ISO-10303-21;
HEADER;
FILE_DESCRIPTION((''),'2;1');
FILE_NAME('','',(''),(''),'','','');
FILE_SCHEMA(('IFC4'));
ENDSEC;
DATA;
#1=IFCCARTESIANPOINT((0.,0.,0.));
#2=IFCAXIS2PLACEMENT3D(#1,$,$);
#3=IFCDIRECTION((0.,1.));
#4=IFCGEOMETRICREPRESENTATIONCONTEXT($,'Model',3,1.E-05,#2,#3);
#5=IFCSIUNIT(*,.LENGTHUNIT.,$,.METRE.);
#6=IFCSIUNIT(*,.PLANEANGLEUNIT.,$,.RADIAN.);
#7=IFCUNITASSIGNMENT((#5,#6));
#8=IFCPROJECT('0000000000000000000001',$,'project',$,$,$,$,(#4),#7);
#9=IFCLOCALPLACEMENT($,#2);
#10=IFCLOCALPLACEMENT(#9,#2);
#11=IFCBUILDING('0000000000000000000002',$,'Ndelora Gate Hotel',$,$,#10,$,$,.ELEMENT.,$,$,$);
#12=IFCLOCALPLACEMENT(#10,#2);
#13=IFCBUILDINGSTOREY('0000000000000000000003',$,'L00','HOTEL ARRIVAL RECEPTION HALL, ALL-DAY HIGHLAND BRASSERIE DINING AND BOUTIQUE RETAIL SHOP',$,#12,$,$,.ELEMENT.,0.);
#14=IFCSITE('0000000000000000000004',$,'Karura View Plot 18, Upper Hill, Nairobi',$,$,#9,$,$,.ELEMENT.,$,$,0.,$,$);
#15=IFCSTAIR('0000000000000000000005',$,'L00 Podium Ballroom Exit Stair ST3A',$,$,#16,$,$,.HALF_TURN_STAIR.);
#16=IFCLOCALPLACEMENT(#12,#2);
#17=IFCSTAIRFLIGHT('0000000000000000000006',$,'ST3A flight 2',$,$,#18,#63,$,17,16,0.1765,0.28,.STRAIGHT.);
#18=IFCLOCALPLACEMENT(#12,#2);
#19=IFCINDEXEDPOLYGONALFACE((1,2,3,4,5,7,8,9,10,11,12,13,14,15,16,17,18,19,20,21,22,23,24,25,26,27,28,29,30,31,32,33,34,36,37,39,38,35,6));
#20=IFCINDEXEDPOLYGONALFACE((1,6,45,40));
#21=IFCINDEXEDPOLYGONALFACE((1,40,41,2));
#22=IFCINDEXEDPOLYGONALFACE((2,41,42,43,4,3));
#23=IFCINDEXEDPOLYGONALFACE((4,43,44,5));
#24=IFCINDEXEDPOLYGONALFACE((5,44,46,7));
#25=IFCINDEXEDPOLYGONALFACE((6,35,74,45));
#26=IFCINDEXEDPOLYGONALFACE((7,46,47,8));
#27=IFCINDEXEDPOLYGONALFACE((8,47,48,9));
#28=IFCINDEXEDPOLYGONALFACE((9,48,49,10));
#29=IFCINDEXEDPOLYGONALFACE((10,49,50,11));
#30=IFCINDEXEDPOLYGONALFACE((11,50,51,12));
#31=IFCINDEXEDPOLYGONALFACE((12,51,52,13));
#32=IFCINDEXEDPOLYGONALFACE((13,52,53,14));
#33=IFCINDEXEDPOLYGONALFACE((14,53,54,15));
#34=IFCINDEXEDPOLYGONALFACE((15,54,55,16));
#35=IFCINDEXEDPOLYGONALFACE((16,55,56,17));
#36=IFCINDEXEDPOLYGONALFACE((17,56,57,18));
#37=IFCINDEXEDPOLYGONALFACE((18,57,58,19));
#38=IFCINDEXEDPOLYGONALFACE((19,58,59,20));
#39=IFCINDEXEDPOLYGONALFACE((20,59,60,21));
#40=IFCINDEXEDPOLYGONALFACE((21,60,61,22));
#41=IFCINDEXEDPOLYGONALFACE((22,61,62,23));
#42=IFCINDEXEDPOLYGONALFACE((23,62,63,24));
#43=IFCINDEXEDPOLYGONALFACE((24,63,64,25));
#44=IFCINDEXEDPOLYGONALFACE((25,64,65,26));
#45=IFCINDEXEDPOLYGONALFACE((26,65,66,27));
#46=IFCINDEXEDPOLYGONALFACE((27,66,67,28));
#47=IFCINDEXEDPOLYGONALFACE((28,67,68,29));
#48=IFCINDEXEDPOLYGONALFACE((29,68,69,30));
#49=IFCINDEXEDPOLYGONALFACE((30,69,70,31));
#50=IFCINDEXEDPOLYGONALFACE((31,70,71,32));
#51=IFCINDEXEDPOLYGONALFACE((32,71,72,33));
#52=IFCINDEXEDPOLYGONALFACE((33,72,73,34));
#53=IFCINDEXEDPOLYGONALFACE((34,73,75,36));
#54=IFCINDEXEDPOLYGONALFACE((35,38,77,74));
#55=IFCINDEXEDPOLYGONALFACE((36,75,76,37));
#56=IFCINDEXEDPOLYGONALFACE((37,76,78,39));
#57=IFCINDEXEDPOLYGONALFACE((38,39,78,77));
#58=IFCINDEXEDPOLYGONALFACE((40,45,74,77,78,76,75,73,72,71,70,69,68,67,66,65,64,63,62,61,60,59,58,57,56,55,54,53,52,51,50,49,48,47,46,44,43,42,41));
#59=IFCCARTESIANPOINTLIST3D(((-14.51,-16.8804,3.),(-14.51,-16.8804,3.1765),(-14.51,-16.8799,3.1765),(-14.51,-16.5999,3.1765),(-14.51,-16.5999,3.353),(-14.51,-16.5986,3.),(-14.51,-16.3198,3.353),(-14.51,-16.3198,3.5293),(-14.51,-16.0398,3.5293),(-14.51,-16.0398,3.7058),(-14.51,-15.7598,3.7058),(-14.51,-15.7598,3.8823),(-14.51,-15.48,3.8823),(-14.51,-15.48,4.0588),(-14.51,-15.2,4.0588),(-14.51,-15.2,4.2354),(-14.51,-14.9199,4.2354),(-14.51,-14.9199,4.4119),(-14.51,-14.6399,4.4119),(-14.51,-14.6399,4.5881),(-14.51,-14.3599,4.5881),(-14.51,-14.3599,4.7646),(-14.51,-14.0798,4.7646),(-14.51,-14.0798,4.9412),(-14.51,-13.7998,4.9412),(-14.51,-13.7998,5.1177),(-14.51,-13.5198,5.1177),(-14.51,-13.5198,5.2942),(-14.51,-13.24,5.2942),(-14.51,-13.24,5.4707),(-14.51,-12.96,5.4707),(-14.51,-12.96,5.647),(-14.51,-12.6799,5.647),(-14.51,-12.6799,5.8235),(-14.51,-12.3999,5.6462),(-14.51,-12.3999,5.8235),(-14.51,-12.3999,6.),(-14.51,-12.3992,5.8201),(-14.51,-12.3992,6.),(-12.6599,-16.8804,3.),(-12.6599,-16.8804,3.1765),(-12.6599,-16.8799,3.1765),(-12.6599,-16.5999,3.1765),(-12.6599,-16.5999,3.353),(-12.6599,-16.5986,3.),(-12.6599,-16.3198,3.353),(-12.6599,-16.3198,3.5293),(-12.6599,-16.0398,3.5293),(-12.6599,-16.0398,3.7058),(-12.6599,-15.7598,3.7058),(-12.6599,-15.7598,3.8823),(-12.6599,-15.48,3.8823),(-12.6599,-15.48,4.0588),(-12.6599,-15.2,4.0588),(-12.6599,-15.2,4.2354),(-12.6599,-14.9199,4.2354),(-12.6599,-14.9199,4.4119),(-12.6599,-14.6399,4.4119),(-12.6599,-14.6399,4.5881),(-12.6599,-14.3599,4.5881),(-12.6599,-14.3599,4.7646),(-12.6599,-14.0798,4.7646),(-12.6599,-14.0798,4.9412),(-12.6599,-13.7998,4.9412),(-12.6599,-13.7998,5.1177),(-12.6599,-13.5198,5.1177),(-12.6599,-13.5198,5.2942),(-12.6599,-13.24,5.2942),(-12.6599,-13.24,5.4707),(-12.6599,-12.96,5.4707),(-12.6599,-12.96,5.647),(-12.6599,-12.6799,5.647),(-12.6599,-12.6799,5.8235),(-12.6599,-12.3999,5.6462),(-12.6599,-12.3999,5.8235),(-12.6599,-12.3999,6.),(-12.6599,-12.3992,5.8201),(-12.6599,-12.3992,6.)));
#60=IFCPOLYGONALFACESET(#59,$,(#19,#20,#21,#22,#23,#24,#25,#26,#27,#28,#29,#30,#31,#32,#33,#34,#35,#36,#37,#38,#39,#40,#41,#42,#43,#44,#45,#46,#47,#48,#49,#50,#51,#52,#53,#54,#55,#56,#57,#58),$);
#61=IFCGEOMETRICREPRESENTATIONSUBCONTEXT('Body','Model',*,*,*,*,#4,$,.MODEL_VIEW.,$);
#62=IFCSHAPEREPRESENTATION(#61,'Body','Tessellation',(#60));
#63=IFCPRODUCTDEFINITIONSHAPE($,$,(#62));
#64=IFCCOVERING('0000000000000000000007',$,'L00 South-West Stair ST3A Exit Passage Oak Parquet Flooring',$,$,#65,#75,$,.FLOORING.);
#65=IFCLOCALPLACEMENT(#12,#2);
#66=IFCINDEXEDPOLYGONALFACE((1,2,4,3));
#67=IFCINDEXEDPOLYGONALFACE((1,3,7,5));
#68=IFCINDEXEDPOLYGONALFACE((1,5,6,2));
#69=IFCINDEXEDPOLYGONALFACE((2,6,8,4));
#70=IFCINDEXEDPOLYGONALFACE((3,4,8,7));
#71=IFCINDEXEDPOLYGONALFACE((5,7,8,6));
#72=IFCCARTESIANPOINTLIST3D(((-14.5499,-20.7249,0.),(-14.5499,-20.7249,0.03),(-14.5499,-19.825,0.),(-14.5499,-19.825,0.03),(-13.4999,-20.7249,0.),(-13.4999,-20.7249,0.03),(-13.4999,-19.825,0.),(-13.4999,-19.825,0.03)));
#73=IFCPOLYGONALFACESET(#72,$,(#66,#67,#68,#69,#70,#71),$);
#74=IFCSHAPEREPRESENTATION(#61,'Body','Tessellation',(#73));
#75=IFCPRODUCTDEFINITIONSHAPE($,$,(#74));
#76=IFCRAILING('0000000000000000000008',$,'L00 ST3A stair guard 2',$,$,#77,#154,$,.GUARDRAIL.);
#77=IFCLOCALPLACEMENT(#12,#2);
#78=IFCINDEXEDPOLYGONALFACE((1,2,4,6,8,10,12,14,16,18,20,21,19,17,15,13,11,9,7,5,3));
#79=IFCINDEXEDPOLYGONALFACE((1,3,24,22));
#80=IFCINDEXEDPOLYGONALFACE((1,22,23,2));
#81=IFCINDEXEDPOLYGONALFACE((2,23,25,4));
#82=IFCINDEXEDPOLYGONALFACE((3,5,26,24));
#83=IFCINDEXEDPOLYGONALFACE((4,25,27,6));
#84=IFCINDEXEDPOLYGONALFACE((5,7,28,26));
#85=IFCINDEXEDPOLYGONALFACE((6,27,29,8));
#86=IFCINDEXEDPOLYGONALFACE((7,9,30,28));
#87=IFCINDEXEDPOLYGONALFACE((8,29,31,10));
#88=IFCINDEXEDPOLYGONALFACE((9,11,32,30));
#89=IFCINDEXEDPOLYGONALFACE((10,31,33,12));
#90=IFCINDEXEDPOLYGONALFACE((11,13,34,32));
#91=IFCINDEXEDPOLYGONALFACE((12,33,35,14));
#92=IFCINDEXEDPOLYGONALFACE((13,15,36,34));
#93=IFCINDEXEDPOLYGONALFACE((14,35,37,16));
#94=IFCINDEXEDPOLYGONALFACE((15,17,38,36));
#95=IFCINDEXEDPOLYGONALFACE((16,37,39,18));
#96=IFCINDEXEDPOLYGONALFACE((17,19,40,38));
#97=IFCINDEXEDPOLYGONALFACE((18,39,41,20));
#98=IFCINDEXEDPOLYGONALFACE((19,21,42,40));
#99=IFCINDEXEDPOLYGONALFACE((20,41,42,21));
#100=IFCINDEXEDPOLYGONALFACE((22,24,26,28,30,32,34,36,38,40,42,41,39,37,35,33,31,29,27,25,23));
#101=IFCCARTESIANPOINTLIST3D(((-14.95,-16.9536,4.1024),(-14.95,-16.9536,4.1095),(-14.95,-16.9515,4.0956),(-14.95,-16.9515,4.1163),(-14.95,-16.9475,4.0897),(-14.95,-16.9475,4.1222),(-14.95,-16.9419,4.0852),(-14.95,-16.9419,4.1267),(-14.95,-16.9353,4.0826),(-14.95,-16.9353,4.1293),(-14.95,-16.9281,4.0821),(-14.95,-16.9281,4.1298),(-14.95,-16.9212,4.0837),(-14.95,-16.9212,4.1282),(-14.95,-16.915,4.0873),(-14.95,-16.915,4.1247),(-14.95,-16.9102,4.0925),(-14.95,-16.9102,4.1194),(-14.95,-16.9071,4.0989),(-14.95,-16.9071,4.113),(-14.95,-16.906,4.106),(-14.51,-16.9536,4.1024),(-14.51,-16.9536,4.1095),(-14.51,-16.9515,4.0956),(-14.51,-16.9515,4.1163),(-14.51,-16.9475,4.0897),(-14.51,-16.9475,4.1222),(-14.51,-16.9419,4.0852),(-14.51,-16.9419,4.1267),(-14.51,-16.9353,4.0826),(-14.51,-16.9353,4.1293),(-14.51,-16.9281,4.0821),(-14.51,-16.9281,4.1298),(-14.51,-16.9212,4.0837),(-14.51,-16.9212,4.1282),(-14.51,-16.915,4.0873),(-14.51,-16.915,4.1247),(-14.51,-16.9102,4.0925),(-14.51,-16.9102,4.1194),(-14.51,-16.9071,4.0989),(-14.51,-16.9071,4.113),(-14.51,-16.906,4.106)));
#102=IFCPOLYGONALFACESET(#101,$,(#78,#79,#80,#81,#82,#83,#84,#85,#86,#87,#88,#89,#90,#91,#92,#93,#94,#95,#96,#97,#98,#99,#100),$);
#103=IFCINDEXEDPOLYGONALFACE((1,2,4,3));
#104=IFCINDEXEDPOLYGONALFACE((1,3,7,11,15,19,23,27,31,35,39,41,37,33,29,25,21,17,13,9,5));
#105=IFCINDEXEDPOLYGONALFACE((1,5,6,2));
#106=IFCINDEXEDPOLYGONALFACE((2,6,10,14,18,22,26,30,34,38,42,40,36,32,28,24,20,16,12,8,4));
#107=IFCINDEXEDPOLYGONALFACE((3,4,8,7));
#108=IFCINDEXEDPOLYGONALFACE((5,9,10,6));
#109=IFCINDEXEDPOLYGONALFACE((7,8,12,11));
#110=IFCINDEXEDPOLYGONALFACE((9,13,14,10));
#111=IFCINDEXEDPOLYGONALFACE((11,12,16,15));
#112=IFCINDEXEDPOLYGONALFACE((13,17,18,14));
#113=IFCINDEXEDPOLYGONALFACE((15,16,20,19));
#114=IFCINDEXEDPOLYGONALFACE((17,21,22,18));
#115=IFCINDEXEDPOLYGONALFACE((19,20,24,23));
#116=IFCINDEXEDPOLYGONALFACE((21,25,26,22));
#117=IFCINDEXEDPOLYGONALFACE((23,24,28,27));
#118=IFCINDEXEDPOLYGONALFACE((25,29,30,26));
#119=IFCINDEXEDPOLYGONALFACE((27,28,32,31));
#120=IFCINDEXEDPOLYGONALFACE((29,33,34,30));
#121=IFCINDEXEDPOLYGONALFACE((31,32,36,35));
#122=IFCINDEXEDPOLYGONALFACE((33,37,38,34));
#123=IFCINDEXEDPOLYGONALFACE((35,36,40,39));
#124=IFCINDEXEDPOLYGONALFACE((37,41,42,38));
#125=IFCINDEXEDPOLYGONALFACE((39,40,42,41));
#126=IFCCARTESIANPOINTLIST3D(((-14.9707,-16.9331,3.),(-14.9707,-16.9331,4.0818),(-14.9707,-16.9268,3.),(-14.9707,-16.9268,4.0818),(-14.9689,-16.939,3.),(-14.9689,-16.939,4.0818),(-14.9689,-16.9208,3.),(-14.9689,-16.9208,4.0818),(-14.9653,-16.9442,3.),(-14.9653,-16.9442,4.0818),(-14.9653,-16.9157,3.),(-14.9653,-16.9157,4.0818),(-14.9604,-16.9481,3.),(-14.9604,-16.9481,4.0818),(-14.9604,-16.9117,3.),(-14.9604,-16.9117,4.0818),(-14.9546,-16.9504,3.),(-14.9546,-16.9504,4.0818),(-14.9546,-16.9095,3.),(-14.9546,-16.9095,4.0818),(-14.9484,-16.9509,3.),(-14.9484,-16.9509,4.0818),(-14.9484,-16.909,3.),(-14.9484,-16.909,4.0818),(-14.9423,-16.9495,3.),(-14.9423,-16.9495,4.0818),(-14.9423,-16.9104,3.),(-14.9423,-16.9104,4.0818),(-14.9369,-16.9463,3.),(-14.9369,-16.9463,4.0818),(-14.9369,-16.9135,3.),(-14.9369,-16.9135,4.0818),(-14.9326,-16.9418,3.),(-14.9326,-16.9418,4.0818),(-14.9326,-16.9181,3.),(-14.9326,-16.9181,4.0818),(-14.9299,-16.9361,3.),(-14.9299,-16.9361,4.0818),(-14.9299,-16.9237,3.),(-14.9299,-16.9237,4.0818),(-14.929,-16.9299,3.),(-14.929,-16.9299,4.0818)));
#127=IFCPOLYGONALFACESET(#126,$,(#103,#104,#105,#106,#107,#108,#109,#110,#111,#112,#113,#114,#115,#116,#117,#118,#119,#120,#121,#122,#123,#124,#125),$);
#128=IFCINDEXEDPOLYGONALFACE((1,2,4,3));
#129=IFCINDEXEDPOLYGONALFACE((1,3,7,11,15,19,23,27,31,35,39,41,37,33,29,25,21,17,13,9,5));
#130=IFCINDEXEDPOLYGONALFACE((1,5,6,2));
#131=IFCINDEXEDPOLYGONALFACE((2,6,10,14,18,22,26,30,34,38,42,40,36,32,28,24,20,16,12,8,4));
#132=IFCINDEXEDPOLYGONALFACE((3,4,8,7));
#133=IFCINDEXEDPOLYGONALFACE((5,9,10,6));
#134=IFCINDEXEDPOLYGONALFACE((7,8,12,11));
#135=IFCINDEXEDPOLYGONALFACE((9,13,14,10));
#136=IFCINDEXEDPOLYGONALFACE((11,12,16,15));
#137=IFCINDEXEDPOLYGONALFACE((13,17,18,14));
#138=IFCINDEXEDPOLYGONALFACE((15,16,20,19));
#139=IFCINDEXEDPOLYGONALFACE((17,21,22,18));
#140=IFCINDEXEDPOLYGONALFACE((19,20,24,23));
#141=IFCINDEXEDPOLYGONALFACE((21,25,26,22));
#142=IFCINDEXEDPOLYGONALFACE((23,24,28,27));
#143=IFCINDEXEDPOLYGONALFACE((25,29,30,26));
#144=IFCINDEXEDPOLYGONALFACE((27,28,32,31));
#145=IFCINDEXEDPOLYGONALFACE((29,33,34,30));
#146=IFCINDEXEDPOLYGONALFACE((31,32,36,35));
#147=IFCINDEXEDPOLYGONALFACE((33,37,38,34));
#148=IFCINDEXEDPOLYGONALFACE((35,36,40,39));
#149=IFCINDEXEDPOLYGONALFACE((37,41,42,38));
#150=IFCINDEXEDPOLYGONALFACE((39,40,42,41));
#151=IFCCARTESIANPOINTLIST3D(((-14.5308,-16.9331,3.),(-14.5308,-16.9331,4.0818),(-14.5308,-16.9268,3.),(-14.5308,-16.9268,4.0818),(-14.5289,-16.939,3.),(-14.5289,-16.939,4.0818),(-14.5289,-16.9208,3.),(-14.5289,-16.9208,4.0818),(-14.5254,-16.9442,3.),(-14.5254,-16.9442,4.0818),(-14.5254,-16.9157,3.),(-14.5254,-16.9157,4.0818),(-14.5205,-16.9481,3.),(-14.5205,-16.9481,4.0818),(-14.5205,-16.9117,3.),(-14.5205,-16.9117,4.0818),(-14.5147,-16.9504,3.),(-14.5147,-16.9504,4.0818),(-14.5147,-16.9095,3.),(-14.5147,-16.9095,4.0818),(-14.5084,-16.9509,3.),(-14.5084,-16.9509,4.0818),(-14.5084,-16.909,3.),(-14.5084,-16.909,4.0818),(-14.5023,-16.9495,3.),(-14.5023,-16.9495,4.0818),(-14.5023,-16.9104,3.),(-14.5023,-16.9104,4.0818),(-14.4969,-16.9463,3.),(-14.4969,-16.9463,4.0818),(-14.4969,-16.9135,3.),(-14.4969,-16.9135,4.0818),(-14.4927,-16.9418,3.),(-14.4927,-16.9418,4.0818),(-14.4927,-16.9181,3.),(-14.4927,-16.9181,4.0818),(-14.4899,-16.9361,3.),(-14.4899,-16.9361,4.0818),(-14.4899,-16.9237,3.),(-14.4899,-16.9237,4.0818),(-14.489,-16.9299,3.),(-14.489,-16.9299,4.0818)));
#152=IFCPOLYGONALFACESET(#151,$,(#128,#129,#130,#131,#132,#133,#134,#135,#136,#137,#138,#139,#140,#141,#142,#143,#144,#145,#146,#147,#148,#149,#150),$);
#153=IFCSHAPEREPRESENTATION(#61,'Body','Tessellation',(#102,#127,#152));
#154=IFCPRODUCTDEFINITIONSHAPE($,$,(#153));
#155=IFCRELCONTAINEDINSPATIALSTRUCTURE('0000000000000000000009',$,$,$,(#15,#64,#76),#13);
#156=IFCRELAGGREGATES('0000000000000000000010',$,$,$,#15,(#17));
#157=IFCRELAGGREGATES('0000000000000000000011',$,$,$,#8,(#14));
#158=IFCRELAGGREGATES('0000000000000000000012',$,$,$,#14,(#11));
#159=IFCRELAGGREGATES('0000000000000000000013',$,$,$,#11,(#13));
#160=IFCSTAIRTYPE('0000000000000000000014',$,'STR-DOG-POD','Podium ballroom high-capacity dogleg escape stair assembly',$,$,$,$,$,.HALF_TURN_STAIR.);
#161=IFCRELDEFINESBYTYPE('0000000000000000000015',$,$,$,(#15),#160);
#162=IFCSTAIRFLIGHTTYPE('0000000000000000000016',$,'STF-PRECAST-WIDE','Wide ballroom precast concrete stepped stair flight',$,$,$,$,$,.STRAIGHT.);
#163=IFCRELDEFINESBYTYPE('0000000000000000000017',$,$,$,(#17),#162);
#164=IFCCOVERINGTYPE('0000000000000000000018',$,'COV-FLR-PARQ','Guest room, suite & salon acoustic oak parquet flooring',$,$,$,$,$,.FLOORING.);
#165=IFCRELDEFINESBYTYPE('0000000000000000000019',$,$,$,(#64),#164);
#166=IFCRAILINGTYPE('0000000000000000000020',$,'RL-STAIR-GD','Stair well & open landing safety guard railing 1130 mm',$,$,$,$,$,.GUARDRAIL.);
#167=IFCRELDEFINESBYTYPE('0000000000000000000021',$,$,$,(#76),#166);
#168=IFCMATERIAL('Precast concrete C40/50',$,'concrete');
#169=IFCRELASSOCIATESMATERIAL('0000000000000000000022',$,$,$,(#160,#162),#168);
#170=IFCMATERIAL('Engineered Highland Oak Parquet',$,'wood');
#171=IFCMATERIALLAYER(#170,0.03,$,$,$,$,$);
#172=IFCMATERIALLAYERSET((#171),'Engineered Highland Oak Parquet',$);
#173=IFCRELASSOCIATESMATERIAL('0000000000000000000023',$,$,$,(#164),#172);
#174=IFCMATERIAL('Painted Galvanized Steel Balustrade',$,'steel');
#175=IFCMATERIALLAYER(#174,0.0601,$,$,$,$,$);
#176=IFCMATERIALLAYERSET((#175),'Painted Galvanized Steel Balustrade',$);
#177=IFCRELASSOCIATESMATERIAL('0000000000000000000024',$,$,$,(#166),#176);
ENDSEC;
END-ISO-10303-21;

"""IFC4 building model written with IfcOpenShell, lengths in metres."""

from ifc_helpers import new_model, si_unit, direction, frame, origin, origin_2d, place, context, subcontext, project, spatial, polyline, rectangle, circle, outline, extrude, material, layer, layer_set, type_object, element, aggregate, save


model = new_model("IFC4")

# Units and contexts
model_context = context("Model", 3, precision=1e-05, world=origin(), true_north=direction((0.0, 1.0)))
body_context = subcontext(model_context, "Body", "Model", "MODEL_VIEW")
ifc_project = project(units=[si_unit("LENGTHUNIT", "METRE"), si_unit("PLANEANGLEUNIT", "RADIAN")], contexts=[model_context])

# Site, building, storey
site_placement = place(None, origin())
site = spatial("IfcSite", under=ifc_project, at=site_placement, Name="Karura View Plot 18, Upper Hill, Nairobi", CompositionType="ELEMENT", RefElevation=0.0)
building_placement = place(site_placement, origin())
building = spatial("IfcBuilding", under=site, at=building_placement, Name="Ndelora Gate Hotel", CompositionType="ELEMENT")
storey_placement = place(building_placement, origin())
storey = spatial("IfcBuildingStorey", under=building, at=storey_placement, Name="L00", Description="HOTEL ARRIVAL RECEPTION HALL, ALL-DAY HIGHLAND BRASSERIE DINING AND BOUTIQUE RETAIL SHOP", CompositionType="ELEMENT", Elevation=0.0)

# Shared definitions
ifc_material_1 = material(Name="Precast concrete C40/50", Category="concrete")

# Stair, stair flight
stair_type = type_object("IfcStairType", Name="STR-DOG-POD", Description="Podium ballroom high-capacity dogleg escape stair assembly", PredefinedType="HALF_TURN_STAIR", material=ifc_material_1)
stair_placement = place(storey_placement, origin())
stair = element("IfcStair", 1, at=stair_placement, inside=storey, type_object=stair_type, Name="L00 Podium Ballroom Exit Stair ST3A", PredefinedType="HALF_TURN_STAIR")
stair_flight_type = type_object("IfcStairFlightType", Name="STF-PRECAST-WIDE", Description="Wide ballroom precast concrete stepped stair flight", PredefinedType="STRAIGHT", material=ifc_material_1)
stair_flight_placement = place(storey_placement, frame((-13.585, -16.8799, 3.0), z_axis=(0.0, 0.0, 1.0), x_axis=(0.0, 1.0, 0.0)))
stair_flight = element("IfcStairFlight", 2, at=stair_flight_placement, type_object=stair_flight_type, Name="ST3A flight 2", NumberOfRisers=17, NumberOfTreads=16, PredefinedType="STRAIGHT", RiserHeight=0.1765, TreadLength=0.28, context=body_context, shape_type="SweptSolid", body=[
    extrude(outline(polyline([(-0.0005, 0.0), (-0.0005, 0.1765), (0.0, 0.1765), (0.28, 0.1765), (0.28, 0.353), (0.5601, 0.353), (0.5601, 0.5293), (0.8401, 0.5293), (0.8401, 0.7058), (1.1201, 0.7058), (1.1201, 0.8823), (1.3999, 0.8823), (1.3999, 1.0588), (1.6799, 1.0588), (1.6799, 1.2354), (1.96, 1.2354), (1.96, 1.4119), (2.24, 1.4119), (2.24, 1.5881), (2.52, 1.5881), (2.52, 1.7646), (2.8, 1.7646), (2.8, 1.9412), (3.0801, 1.9412), (3.0801, 2.1177), (3.3601, 2.1177), (3.3601, 2.2942), (3.6399, 2.2942), (3.6399, 2.4707), (3.9199, 2.4707), (3.9199, 2.647), (4.2, 2.647), (4.2, 2.8235), (4.48, 2.8235), (4.48, 3.0), (4.4807, 3.0), (4.4807, 2.8201), (4.48, 2.6462), (0.2812, 0.0), (-0.0005, 0.0)])), frame((0.0, 0.925, 0.0), z_axis=(0.0, -1.0, 0.0), x_axis=(1.0, 0.0, 0.0)), (0.0, 0.0, 1.0), 1.8501),
])
aggregate(stair, [stair_flight])

# Covering
ifc_material_2 = material(Name="Engineered Highland Oak Parquet", Category="wood")
ifc_layer_1 = layer(ifc_material_2, 0.03)
ifc_layer_set_1 = layer_set([ifc_layer_1], Name="Engineered Highland Oak Parquet")
covering_type = type_object("IfcCoveringType", Name="COV-FLR-PARQ", Description="Guest room, suite & salon acoustic oak parquet flooring", PredefinedType="FLOORING", material=ifc_layer_set_1)
covering_placement = place(storey_placement, frame((-14.0249, -20.2749, 0.0), z_axis=(0.0, 0.0, 1.0), x_axis=(1.0, 0.0, 0.0)))
element("IfcCovering", 3, at=covering_placement, inside=storey, type_object=covering_type, Name="L00 South-West Stair ST3A Exit Passage Oak Parquet Flooring", PredefinedType="FLOORING", context=body_context, shape_type="SweptSolid", body=[
    extrude(rectangle(XDim=1.05, YDim=0.8999, at=origin_2d()), origin(), (0.0, 0.0, 1.0), 0.03),
])

# Railing
ifc_material_3 = material(Name="Painted Galvanized Steel Balustrade", Category="steel")
ifc_layer_2 = layer(ifc_material_3, 0.0601)
ifc_layer_set_2 = layer_set([ifc_layer_2], Name="Painted Galvanized Steel Balustrade")
railing_type = type_object("IfcRailingType", Name="RL-STAIR-GD", Description="Stair well & open landing safety guard railing 1130 mm", PredefinedType="GUARDRAIL", material=ifc_layer_set_2)
railing_1_placement = place(storey_placement, frame((-14.95, -16.9299, 3.0)))
element("IfcRailing", 4, at=railing_1_placement, inside=storey, type_object=railing_type, Name="L00 ST3A stair guard 2", PredefinedType="GUARDRAIL", context=body_context, shape_type="SweptSolid", body=[
    extrude(circle(Radius=0.0239, at=origin_2d()), frame((0.0, 0.0, 1.106), z_axis=(1.0, 0.0, 0.0), x_axis=(0.0, 1.0, 0.0)), (0.0, 0.0, 1.0), 0.4399),
    extrude(circle(Radius=0.021, at=origin_2d()), origin(), (0.0, 0.0, 1.0), 1.0818),
    extrude(circle(Radius=0.021, at=origin_2d()), frame((0.4399, 0.0, 0.0)), (0.0, 0.0, 1.0), 1.0818),
])

save(model, "model.ifc")
